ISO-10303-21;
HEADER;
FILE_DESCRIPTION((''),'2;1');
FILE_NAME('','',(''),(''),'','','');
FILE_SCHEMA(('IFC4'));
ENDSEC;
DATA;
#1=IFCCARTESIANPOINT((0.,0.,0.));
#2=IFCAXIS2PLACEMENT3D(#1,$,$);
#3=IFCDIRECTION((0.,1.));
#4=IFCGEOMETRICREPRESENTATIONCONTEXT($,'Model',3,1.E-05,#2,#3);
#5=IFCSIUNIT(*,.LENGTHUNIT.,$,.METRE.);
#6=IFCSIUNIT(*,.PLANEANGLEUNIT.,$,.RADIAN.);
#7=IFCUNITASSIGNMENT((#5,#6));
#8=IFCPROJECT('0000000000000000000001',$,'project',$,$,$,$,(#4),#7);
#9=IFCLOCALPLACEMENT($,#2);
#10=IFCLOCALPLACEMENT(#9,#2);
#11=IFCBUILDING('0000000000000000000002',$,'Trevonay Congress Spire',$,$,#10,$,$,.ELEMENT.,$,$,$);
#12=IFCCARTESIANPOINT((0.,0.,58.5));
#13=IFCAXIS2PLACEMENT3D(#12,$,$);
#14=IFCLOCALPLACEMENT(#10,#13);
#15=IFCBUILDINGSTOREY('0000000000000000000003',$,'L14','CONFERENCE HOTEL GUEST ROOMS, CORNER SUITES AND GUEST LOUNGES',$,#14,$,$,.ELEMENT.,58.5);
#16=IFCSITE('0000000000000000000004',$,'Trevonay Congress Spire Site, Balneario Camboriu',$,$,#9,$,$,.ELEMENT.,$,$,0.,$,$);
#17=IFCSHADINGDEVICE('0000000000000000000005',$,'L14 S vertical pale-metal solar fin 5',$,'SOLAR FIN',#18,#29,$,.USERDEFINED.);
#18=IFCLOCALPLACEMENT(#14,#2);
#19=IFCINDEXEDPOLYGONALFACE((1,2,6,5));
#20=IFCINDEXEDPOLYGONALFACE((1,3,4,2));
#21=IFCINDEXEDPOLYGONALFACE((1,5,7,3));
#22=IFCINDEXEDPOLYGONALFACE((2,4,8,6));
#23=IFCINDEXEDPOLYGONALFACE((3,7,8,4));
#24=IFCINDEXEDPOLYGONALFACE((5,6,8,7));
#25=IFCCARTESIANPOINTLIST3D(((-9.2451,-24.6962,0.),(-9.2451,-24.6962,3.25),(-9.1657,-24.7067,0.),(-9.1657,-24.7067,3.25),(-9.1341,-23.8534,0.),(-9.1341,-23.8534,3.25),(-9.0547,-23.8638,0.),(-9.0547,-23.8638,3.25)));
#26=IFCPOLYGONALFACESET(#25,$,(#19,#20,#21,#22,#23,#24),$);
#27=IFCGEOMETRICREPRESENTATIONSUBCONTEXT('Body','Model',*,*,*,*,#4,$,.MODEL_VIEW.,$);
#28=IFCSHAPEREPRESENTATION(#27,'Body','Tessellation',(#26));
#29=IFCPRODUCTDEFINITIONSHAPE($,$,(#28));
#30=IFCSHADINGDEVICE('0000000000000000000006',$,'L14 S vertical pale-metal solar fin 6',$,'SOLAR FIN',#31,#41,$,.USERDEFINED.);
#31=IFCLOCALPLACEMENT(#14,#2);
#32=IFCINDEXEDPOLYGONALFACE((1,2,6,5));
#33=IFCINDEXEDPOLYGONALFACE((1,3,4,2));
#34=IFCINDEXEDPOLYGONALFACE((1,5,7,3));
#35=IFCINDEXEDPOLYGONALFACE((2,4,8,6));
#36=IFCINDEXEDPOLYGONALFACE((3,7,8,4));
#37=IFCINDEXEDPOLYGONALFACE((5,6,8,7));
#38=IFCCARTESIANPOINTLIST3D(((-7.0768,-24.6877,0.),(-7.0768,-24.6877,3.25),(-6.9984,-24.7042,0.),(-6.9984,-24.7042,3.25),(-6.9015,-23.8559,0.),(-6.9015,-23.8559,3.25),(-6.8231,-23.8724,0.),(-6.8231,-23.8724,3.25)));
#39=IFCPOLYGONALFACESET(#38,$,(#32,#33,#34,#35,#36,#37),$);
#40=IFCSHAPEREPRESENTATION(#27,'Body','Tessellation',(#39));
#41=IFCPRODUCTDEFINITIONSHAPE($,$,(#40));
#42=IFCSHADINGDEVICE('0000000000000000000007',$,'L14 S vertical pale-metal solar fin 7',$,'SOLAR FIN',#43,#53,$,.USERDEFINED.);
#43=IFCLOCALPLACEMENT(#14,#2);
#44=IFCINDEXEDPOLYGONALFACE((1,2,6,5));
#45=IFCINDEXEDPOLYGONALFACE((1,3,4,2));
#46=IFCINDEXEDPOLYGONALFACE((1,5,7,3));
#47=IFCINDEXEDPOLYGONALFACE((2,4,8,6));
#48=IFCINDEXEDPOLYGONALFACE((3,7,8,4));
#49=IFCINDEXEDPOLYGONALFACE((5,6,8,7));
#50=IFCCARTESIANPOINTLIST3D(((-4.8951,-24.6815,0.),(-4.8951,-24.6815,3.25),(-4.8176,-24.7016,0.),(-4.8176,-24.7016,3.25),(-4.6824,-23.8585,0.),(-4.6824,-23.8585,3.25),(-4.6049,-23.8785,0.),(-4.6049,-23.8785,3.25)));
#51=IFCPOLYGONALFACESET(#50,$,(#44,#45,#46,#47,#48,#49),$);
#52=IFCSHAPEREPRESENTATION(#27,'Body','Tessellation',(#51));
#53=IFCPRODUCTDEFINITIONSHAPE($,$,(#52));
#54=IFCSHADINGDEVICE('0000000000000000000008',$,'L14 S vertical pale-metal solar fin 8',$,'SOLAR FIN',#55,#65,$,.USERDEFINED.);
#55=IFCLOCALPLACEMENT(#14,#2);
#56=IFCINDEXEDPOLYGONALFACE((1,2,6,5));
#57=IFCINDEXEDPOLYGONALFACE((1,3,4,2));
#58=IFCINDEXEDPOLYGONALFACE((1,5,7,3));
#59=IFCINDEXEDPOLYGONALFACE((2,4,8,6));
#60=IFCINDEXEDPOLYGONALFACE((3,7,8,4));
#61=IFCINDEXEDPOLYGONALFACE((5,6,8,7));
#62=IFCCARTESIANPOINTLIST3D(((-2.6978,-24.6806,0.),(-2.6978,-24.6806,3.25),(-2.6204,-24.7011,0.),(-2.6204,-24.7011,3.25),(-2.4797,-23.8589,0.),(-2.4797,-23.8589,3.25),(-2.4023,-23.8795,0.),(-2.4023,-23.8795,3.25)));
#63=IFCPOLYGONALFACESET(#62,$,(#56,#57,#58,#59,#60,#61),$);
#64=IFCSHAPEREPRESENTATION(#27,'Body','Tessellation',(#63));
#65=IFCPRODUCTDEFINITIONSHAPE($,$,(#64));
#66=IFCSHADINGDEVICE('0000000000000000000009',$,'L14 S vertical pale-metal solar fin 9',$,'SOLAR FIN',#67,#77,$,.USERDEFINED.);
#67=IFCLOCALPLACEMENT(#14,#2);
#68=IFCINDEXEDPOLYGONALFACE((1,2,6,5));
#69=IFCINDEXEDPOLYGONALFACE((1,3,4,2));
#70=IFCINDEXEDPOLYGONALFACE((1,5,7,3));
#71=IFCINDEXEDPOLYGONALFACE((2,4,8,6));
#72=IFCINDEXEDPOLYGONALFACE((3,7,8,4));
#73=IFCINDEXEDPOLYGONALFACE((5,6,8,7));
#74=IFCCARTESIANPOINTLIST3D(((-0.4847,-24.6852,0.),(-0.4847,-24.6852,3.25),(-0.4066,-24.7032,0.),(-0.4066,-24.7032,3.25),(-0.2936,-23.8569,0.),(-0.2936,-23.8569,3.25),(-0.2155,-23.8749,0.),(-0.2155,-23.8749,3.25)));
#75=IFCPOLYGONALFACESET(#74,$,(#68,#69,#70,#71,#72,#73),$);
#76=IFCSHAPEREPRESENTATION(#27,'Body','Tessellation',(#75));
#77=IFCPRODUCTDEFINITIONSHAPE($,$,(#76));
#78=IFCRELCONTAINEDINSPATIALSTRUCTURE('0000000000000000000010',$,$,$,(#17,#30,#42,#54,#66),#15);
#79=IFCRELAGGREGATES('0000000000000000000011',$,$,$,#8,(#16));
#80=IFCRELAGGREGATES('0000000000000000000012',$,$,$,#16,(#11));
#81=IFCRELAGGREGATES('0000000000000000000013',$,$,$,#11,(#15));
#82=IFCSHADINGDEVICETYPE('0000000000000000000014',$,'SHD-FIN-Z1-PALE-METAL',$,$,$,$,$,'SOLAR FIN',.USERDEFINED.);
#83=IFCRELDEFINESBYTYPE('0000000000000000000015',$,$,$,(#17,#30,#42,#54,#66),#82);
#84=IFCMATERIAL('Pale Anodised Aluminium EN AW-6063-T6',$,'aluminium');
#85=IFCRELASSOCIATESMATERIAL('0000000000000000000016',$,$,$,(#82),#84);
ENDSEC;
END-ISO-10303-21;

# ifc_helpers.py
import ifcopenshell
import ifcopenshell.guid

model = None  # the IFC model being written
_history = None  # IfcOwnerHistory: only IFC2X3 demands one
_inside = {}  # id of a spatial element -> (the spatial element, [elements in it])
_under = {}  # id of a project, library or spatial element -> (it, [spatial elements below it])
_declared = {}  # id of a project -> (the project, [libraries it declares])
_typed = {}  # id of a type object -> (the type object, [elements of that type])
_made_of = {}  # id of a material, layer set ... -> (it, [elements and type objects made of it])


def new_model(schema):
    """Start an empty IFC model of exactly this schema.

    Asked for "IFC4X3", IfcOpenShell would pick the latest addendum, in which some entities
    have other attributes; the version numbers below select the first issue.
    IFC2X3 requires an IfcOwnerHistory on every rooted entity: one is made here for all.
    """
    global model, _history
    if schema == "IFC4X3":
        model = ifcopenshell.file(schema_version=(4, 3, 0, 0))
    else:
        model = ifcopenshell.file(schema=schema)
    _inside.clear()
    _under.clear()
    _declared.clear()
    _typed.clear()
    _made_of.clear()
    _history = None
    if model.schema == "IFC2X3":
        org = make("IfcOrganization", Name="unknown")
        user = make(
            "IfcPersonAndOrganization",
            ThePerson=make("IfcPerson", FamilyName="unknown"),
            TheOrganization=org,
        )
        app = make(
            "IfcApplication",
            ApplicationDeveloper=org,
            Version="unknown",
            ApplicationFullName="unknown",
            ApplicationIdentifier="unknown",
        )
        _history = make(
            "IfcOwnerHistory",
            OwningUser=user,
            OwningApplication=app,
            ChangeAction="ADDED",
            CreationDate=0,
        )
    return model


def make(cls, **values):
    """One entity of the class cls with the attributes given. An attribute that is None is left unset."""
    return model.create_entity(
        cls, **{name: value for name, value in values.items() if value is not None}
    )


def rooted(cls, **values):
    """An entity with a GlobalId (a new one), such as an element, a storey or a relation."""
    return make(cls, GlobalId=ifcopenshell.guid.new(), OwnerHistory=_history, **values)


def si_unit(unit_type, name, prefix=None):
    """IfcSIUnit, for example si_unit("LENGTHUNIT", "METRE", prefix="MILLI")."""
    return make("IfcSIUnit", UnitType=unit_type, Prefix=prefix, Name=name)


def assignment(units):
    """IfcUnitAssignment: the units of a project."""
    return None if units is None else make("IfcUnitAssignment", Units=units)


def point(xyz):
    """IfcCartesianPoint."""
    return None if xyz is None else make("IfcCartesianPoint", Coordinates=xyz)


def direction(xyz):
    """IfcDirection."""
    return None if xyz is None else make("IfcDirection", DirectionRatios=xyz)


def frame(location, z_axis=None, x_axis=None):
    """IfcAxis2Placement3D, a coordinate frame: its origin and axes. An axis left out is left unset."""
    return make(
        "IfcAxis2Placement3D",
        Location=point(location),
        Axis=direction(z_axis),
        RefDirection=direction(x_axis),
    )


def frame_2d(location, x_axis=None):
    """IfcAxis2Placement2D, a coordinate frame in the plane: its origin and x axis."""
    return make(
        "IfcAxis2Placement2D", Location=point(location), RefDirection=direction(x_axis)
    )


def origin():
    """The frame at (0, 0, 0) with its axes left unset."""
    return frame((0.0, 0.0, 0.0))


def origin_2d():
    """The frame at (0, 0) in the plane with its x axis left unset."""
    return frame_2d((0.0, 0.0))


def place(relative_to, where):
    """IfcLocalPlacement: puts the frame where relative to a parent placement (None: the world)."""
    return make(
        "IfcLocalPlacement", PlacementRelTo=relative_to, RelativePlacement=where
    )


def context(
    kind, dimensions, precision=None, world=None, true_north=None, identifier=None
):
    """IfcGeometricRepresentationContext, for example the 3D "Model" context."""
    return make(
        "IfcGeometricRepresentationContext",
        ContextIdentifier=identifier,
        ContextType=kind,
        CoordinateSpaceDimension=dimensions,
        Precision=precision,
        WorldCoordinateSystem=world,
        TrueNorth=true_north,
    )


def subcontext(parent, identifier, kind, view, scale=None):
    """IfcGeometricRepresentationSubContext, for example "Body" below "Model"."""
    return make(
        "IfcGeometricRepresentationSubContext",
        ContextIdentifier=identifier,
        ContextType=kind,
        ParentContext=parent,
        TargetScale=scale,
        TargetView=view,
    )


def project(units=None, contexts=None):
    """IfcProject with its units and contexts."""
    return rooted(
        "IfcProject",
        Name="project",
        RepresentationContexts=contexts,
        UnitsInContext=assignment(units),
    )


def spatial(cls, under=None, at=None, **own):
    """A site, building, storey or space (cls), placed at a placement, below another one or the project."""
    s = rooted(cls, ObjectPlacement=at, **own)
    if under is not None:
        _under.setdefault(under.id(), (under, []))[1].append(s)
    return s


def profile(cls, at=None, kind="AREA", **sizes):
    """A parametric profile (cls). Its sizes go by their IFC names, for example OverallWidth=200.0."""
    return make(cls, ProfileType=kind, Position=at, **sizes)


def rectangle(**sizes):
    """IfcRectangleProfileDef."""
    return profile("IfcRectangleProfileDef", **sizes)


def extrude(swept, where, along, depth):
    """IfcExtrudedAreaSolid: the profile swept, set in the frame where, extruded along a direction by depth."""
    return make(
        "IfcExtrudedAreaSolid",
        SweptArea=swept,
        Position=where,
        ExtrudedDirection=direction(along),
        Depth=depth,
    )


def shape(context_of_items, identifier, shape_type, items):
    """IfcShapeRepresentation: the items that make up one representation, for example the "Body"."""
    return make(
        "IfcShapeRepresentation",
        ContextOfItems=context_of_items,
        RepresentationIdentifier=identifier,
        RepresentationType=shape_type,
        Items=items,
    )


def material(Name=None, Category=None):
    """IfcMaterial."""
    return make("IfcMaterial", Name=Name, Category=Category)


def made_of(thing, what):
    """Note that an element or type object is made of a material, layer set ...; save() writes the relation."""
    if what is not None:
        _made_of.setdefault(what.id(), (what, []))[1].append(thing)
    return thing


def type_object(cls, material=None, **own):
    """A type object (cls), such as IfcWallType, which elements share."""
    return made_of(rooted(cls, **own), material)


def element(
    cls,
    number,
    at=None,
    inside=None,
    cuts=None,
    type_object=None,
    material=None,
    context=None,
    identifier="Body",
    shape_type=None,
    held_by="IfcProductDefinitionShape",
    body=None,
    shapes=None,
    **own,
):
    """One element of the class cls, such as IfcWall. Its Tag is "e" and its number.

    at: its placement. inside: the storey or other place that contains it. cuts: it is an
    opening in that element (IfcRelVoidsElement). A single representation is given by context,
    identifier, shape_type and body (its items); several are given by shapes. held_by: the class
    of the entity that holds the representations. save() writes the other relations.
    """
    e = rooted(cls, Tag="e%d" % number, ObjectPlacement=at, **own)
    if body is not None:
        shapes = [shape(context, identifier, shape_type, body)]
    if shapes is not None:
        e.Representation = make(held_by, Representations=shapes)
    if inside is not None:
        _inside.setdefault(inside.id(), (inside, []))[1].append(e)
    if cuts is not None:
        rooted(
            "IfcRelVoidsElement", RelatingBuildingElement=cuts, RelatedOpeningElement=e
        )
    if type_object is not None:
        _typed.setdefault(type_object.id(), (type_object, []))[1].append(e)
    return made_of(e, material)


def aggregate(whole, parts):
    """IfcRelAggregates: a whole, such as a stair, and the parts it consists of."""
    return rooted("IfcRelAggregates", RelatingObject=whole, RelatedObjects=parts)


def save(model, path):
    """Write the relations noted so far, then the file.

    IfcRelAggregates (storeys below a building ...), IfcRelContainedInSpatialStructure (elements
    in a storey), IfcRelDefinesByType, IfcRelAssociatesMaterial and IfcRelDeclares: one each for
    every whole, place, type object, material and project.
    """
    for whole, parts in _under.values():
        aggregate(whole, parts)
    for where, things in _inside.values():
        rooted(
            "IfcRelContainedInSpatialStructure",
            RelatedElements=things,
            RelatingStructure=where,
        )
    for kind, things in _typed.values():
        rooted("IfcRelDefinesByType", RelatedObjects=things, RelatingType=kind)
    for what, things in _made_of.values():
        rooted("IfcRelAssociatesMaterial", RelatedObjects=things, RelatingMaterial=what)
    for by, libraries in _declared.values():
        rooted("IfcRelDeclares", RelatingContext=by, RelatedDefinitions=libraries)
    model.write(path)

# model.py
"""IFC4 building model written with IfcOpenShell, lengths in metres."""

from ifc_helpers import new_model, si_unit, direction, frame, origin, origin_2d, place, context, subcontext, project, spatial, rectangle, extrude, material, type_object, element, save


model = new_model("IFC4")

# Units and contexts
model_context = context("Model", 3, precision=1e-05, world=origin(), true_north=direction((0.0, 1.0)))
body_context = subcontext(model_context, "Body", "Model", "MODEL_VIEW")
ifc_project = project(units=[si_unit("LENGTHUNIT", "METRE"), si_unit("PLANEANGLEUNIT", "RADIAN")], contexts=[model_context])

# Site, building, storey
site_placement = place(None, origin())
site = spatial("IfcSite", under=ifc_project, at=site_placement, Name="Trevonay Congress Spire Site, Balneario Camboriu", CompositionType="ELEMENT", RefElevation=0.0)
building_placement = place(site_placement, origin())
building = spatial("IfcBuilding", under=site, at=building_placement, Name="Trevonay Congress Spire", CompositionType="ELEMENT")
storey_placement = place(building_placement, frame((0.0, 0.0, 58.5)))
storey = spatial("IfcBuildingStorey", under=building, at=storey_placement, Name="L14", Description="CONFERENCE HOTEL GUEST ROOMS, CORNER SUITES AND GUEST LOUNGES", CompositionType="ELEMENT", Elevation=58.5)

# Shared definitions
ifc_material_1 = material(Name="Pale Anodised Aluminium EN AW-6063-T6", Category="aluminium")

# Shading devices
shading_device_type = type_object("IfcShadingDeviceType", Name="SHD-FIN-Z1-PALE-METAL", ElementType="SOLAR FIN", PredefinedType="USERDEFINED", material=ifc_material_1)
for number, where, z_axis, x_axis, name in (
    (1, (-9.1499, -24.28, 0.0), (0.0, 0.0, 1.0), (0.991445, -0.130526, 0.0), "L14 S vertical pale-metal solar fin 5"),
    (2, (-6.95, -24.28, 0.0), (0.0, 0.0, 1.0), (0.978509, -0.206204, 0.0), "L14 S vertical pale-metal solar fin 6"),
    (3, (-4.75, -24.28, 0.0), (0.0, 0.0, 1.0), (0.968191, -0.250211, 0.0), "L14 S vertical pale-metal solar fin 7"),
    (4, (-2.55, -24.28, 0.0), (0.0, 0.0, 1.0), (0.966511, -0.256627, 0.0), "L14 S vertical pale-metal solar fin 8"),
    (5, (-0.3501, -24.28, 0.0), (0.0, 0.0, 1.0), (0.974409, -0.224781, 0.0), "L14 S vertical pale-metal solar fin 9"),
):
    element("IfcShadingDevice", number, at=place(storey_placement, frame(where, z_axis=z_axis, x_axis=x_axis)), inside=storey, type_object=shading_device_type, Name=name, ObjectType="SOLAR FIN", PredefinedType="USERDEFINED", context=body_context, shape_type="SweptSolid", body=[
        extrude(rectangle(XDim=0.0801, YDim=0.8501, at=origin_2d()), origin(), (0.0, 0.0, 1.0), 3.25),
    ])

save(model, "model.ifc")
